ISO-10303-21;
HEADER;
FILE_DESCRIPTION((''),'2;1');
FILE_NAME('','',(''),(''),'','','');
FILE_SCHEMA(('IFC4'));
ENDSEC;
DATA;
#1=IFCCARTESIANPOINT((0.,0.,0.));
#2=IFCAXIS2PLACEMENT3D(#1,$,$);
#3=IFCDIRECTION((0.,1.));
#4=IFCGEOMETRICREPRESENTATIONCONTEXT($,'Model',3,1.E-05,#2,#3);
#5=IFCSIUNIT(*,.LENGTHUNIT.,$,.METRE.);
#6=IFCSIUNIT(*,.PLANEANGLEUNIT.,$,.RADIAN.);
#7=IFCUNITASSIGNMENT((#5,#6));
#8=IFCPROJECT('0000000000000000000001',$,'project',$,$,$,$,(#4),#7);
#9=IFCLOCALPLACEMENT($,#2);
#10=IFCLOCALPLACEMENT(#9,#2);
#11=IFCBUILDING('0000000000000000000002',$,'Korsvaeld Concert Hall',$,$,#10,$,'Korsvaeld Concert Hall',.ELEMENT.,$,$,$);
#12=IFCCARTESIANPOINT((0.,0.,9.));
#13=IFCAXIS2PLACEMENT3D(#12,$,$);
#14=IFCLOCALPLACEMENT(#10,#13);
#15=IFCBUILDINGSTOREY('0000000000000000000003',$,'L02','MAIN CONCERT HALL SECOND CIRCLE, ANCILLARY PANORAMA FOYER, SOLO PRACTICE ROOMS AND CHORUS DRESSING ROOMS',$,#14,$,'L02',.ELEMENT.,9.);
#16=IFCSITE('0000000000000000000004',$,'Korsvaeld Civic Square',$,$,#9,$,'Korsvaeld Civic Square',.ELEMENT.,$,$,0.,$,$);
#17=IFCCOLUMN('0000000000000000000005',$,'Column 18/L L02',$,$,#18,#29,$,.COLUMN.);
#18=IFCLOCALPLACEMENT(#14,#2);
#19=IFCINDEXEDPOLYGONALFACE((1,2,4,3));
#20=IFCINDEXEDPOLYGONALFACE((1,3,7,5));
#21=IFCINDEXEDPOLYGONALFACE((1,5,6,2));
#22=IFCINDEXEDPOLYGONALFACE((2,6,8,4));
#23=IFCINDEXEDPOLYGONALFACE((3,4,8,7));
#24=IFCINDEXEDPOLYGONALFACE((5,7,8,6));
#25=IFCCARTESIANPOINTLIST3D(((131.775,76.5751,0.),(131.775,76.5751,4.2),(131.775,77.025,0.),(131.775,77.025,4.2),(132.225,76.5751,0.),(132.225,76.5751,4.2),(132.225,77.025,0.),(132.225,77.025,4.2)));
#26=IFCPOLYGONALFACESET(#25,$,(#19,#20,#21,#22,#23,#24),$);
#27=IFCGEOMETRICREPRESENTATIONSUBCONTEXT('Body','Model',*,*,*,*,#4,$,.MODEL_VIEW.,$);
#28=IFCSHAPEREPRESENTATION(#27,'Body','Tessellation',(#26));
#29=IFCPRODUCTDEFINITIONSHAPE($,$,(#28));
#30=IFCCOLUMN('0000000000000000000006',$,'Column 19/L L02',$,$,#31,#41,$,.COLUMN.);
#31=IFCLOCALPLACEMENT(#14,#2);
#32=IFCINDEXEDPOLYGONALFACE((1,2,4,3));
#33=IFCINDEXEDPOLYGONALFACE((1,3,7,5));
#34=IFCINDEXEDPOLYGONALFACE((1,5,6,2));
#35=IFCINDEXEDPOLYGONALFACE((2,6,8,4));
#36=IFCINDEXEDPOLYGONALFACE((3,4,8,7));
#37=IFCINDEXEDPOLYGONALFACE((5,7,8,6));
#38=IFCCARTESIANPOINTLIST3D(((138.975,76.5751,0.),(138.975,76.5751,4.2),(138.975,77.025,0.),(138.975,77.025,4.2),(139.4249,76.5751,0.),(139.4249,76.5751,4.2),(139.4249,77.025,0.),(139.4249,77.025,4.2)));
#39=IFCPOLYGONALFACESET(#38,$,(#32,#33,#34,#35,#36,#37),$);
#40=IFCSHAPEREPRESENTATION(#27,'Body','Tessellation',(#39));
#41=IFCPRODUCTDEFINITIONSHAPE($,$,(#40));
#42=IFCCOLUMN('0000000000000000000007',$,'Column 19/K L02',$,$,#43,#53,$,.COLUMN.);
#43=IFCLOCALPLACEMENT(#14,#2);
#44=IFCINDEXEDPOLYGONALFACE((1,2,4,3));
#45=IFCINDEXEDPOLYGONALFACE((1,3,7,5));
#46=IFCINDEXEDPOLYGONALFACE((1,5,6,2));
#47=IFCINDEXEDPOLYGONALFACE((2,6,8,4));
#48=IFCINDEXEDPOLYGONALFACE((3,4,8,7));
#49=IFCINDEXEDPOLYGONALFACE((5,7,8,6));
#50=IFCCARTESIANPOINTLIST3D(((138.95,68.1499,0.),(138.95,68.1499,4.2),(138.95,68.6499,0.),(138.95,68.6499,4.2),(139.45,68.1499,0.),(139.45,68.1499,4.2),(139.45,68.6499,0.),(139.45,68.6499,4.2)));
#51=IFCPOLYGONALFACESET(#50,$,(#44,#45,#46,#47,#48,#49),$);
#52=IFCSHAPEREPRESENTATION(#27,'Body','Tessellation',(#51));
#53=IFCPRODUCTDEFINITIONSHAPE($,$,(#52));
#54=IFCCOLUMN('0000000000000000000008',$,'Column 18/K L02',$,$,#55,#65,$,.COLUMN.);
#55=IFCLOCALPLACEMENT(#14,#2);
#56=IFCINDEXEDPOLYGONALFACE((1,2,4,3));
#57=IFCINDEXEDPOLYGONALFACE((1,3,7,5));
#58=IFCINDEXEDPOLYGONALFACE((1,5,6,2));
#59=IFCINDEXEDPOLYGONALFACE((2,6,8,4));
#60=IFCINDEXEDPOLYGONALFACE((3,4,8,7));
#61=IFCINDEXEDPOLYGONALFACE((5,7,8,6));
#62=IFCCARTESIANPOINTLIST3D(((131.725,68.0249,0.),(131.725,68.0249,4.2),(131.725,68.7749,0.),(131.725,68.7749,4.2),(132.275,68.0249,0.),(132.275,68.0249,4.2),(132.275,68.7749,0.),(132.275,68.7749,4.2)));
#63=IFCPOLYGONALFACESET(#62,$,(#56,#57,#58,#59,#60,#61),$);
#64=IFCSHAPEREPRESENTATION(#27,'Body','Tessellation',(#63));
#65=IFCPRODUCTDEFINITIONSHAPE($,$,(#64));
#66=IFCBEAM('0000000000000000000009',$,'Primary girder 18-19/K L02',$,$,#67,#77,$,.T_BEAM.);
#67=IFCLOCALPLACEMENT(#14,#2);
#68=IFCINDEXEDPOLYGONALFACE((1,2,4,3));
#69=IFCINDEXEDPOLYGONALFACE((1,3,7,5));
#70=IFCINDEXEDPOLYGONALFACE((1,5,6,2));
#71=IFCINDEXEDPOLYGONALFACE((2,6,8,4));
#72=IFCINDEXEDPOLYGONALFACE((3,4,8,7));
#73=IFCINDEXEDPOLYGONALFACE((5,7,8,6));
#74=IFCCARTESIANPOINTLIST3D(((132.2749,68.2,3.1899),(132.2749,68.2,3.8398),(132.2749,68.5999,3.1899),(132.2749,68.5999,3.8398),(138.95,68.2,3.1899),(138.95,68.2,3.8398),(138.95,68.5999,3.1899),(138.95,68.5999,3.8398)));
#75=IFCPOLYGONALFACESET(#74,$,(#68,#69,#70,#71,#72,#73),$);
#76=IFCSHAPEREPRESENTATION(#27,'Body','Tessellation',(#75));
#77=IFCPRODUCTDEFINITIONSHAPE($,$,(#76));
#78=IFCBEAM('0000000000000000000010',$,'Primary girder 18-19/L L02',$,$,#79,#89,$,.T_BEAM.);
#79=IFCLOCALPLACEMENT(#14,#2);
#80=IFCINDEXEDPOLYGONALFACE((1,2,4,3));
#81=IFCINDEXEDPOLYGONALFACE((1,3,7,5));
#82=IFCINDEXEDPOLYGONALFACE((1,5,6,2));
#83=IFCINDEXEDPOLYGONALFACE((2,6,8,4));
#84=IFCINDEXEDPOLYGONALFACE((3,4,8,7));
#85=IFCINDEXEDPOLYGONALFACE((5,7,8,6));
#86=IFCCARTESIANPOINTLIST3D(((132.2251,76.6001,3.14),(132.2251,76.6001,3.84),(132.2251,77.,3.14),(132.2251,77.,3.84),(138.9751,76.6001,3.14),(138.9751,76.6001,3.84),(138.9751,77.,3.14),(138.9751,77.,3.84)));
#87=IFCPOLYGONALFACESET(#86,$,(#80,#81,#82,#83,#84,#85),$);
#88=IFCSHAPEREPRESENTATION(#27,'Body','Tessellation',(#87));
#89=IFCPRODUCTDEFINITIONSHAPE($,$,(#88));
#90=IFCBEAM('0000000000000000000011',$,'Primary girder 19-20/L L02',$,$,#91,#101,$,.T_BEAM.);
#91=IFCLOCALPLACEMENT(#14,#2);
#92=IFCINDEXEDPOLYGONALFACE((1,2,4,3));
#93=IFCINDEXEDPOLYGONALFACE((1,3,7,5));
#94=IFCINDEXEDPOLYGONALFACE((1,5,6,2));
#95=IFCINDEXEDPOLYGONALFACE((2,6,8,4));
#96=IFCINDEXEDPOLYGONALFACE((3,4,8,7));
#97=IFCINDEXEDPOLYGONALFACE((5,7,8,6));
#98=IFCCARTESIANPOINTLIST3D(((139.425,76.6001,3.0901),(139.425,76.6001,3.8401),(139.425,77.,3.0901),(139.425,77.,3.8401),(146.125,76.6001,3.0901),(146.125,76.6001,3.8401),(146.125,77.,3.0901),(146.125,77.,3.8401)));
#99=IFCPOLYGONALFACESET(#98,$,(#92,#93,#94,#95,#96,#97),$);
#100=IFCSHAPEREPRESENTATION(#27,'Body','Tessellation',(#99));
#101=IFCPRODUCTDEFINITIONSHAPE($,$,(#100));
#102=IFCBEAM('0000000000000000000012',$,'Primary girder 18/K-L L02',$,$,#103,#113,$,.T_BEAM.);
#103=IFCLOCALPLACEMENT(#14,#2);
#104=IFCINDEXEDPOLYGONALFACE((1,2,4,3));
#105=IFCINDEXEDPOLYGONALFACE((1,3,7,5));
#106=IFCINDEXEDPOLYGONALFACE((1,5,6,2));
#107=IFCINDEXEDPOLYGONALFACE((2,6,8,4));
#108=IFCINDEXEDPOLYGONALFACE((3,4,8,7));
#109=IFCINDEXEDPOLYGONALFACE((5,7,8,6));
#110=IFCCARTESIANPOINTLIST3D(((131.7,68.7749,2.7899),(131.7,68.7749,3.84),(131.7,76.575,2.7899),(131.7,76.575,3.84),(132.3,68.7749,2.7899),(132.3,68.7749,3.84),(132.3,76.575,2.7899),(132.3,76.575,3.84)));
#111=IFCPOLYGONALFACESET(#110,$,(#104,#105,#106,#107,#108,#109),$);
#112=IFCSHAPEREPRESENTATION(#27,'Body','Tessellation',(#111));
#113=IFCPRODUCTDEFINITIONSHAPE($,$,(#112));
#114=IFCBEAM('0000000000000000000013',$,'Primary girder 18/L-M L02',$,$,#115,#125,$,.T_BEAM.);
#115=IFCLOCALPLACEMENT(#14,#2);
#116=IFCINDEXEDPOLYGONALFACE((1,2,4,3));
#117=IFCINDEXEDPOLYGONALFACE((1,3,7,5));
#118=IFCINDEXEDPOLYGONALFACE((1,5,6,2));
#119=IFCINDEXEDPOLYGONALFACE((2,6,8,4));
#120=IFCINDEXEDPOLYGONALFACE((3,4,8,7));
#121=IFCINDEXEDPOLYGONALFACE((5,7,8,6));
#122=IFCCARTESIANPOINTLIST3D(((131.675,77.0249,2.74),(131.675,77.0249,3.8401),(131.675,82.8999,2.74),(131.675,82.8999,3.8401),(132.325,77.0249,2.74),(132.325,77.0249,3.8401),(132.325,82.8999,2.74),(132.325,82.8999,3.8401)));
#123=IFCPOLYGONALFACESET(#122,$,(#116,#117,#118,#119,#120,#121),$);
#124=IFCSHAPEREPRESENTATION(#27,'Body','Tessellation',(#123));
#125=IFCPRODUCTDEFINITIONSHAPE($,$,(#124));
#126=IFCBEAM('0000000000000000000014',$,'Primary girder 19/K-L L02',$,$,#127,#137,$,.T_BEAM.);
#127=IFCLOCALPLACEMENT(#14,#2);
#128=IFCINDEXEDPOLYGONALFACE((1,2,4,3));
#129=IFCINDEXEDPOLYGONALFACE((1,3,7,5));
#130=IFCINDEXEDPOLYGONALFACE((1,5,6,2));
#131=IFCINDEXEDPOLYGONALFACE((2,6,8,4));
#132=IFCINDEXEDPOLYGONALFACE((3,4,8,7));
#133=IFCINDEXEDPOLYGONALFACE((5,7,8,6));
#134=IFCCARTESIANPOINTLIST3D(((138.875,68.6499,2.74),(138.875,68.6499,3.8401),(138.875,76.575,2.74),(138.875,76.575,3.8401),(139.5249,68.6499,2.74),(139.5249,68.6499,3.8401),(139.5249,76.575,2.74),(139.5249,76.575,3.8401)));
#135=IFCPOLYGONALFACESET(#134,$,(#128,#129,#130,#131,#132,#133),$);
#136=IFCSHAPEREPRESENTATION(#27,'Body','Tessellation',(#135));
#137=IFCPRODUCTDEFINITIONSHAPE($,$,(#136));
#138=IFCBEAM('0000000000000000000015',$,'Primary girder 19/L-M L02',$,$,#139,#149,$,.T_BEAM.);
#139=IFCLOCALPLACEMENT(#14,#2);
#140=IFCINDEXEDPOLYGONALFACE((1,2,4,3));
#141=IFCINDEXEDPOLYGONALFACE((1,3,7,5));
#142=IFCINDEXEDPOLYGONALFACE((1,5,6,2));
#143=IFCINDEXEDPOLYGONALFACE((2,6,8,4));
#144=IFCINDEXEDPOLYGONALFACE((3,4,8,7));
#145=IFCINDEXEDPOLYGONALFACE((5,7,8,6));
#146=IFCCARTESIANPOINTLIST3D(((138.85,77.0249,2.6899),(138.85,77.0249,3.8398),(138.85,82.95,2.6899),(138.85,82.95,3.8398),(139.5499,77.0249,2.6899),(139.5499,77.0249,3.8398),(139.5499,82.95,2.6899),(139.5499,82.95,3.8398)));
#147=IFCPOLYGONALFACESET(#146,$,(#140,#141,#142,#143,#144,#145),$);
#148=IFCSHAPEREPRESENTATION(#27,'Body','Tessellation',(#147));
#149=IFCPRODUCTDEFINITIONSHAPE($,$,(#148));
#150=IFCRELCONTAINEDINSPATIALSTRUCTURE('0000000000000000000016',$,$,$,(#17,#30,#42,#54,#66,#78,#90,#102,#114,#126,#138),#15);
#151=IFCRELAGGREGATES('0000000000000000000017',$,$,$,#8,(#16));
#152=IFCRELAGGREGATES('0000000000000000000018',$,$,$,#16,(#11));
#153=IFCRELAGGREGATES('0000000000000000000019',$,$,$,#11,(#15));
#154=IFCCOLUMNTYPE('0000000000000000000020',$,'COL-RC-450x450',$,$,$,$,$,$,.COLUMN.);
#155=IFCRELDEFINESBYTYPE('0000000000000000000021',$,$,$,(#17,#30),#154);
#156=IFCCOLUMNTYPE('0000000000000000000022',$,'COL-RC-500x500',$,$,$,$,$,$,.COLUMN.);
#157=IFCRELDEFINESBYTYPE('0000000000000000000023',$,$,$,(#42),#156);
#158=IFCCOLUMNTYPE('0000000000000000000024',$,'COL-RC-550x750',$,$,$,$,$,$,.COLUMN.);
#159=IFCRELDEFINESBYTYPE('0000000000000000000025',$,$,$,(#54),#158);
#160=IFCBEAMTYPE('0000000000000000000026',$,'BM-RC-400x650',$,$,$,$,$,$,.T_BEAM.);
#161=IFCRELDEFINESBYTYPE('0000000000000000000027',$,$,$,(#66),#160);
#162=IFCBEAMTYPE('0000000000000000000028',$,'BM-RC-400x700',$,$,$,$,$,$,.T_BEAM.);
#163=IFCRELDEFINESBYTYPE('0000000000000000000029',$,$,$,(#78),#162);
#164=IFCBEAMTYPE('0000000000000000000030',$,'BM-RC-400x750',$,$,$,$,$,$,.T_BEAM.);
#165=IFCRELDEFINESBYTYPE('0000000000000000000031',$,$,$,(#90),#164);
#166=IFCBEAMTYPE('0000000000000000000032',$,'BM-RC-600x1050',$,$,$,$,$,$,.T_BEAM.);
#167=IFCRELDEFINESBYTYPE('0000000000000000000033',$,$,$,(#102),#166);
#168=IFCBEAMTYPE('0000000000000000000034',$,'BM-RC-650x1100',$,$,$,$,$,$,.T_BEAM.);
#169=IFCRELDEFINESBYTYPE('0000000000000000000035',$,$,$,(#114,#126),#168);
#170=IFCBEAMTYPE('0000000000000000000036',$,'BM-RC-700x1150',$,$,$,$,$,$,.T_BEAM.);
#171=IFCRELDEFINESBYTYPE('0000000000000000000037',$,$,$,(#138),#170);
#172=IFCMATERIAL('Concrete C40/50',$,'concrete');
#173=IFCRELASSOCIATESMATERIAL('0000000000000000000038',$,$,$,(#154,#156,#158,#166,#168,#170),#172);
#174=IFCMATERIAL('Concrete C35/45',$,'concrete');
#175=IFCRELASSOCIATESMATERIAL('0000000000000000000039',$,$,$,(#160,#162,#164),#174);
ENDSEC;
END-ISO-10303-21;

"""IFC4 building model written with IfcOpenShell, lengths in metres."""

from ifc_helpers import new_model, si_unit, direction, frame, origin, origin_2d, place, context, subcontext, project, spatial, rectangle, extrude, material, material_profile, profile_set, type_object, element, save


model = new_model("IFC4")

# Units and contexts
model_context = context("Model", 3, precision=1e-05, world=origin(), true_north=direction((0.0, 1.0)))
body_context = subcontext(model_context, "Body", "Model", "MODEL_VIEW")
ifc_project = project(units=[si_unit("LENGTHUNIT", "METRE"), si_unit("PLANEANGLEUNIT", "RADIAN")], contexts=[model_context])

# Site, building, storey
site_placement = place(None, origin())
site = spatial("IfcSite", under=ifc_project, at=site_placement, Name="Korsvaeld Civic Square", LongName="Korsvaeld Civic Square", CompositionType="ELEMENT", RefElevation=0.0)
building_placement = place(site_placement, origin())
building = spatial("IfcBuilding", under=site, at=building_placement, Name="Korsvaeld Concert Hall", LongName="Korsvaeld Concert Hall", CompositionType="ELEMENT")
storey_placement = place(building_placement, frame((0.0, 0.0, 9.0)))
storey = spatial("IfcBuildingStorey", under=building, at=storey_placement, Name="L02", Description="MAIN CONCERT HALL SECOND CIRCLE, ANCILLARY PANORAMA FOYER, SOLO PRACTICE ROOMS AND CHORUS DRESSING ROOMS", LongName="L02", CompositionType="ELEMENT", Elevation=9.0)

# Columns
ifc_material_1 = material(Name="Concrete C40/50", Category="concrete")
ifc_material_profile_1 = material_profile(ifc_material_1, rectangle(XDim=0.45, YDim=0.45, at=origin_2d()), Name="RC 450x450")
ifc_profile_set_1 = profile_set([ifc_material_profile_1], Name="Concrete C40/50")
column_type_1 = type_object("IfcColumnType", Name="COL-RC-450x450", PredefinedType="COLUMN", material=ifc_profile_set_1)
for number, where, z_axis, x_axis, name in (
    (1, (132.0, 76.8, 0.0), (0.0, 0.0, 1.0), (1.0, 0.0, 0.0), "Column 18/L L02"),
    (2, (139.2, 76.8, 0.0), (0.0, 0.0, 1.0), (1.0, 0.0, 0.0), "Column 19/L L02"),
):
    element("IfcColumn", number, at=place(storey_placement, frame(where, z_axis=z_axis, x_axis=x_axis)), inside=storey, type_object=column_type_1, Name=name, PredefinedType="COLUMN", context=body_context, shape_type="SweptSolid", body=[
        extrude(rectangle(XDim=0.45, YDim=0.45, at=origin_2d()), origin(), (0.0, 0.0, 1.0), 4.2),
    ])
ifc_material_profile_2 = material_profile(ifc_material_1, rectangle(XDim=0.5, YDim=0.5, at=origin_2d()), Name="RC 500x500")
ifc_profile_set_2 = profile_set([ifc_material_profile_2], Name="Concrete C40/50")
column_type_2 = type_object("IfcColumnType", Name="COL-RC-500x500", PredefinedType="COLUMN", material=ifc_profile_set_2)
column_1_placement = place(storey_placement, frame((139.2, 68.3999, 0.0), z_axis=(0.0, 0.0, 1.0), x_axis=(1.0, 0.0, 0.0)))
element("IfcColumn", 3, at=column_1_placement, inside=storey, type_object=column_type_2, Name="Column 19/K L02", PredefinedType="COLUMN", context=body_context, shape_type="SweptSolid", body=[
    extrude(rectangle(XDim=0.5, YDim=0.5, at=origin_2d()), origin(), (0.0, 0.0, 1.0), 4.2),
])
ifc_material_profile_3 = material_profile(ifc_material_1, rectangle(XDim=0.55, YDim=0.75, at=origin_2d()), Name="RC 550x750")
ifc_profile_set_3 = profile_set([ifc_material_profile_3], Name="Concrete C40/50")
column_type_3 = type_object("IfcColumnType", Name="COL-RC-550x750", PredefinedType="COLUMN", material=ifc_profile_set_3)
column_2_placement = place(storey_placement, frame((132.0, 68.3999, 0.0), z_axis=(0.0, 0.0, 1.0), x_axis=(1.0, 0.0, 0.0)))
element("IfcColumn", 4, at=column_2_placement, inside=storey, type_object=column_type_3, Name="Column 18/K L02", PredefinedType="COLUMN", context=body_context, shape_type="SweptSolid", body=[
    extrude(rectangle(XDim=0.55, YDim=0.75, at=origin_2d()), origin(), (0.0, 0.0, 1.0), 4.2),
])

# Beams
ifc_material_2 = material(Name="Concrete C35/45", Category="concrete")
ifc_material_profile_4 = material_profile(ifc_material_2, rectangle(XDim=0.3999, YDim=0.6499, at=origin_2d()), Name="RC 400x650")
ifc_profile_set_4 = profile_set([ifc_material_profile_4], Name="Concrete C35/45")
beam_type_1 = type_object("IfcBeamType", Name="BM-RC-400x650", PredefinedType="T_BEAM", material=ifc_profile_set_4)
beam_1_placement = place(storey_placement, frame((132.2749, 68.3999, 3.5149), z_axis=(1.0, 0.0, 0.0), x_axis=(0.0, 1.0, 0.0)))
element("IfcBeam", 5, at=beam_1_placement, inside=storey, type_object=beam_type_1, Name="Primary girder 18-19/K L02", PredefinedType="T_BEAM", context=body_context, shape_type="SweptSolid", body=[
    extrude(rectangle(XDim=0.3999, YDim=0.6499, at=origin_2d()), origin(), (0.0, 0.0, 1.0), 6.675),
])
ifc_material_profile_5 = material_profile(ifc_material_2, rectangle(XDim=0.3999, YDim=0.7, at=origin_2d()), Name="RC 400x700")
ifc_profile_set_5 = profile_set([ifc_material_profile_5], Name="Concrete C35/45")
beam_type_2 = type_object("IfcBeamType", Name="BM-RC-400x700", PredefinedType="T_BEAM", material=ifc_profile_set_5)
beam_2_placement = place(storey_placement, frame((132.2251, 76.8, 3.49), z_axis=(1.0, 0.0, 0.0), x_axis=(0.0, 1.0, 0.0)))
element("IfcBeam", 6, at=beam_2_placement, inside=storey, type_object=beam_type_2, Name="Primary girder 18-19/L L02", PredefinedType="T_BEAM", context=body_context, shape_type="SweptSolid", body=[
    extrude(rectangle(XDim=0.3999, YDim=0.7, at=origin_2d()), origin(), (0.0, 0.0, 1.0), 6.75),
])
ifc_material_profile_6 = material_profile(ifc_material_2, rectangle(XDim=0.3999, YDim=0.75, at=origin_2d()), Name="RC 400x750")
ifc_profile_set_6 = profile_set([ifc_material_profile_6], Name="Concrete C35/45")
beam_type_3 = type_object("IfcBeamType", Name="BM-RC-400x750", PredefinedType="T_BEAM", material=ifc_profile_set_6)
beam_3_placement = place(storey_placement, frame((139.425, 76.8, 3.4651), z_axis=(1.0, 0.0, 0.0), x_axis=(0.0, 1.0, 0.0)))
element("IfcBeam", 7, at=beam_3_placement, inside=storey, type_object=beam_type_3, Name="Primary girder 19-20/L L02", PredefinedType="T_BEAM", context=body_context, shape_type="SweptSolid", body=[
    extrude(rectangle(XDim=0.3999, YDim=0.75, at=origin_2d()), origin(), (0.0, 0.0, 1.0), 6.7),
])
ifc_material_profile_7 = material_profile(ifc_material_1, rectangle(XDim=0.6001, YDim=1.05, at=origin_2d()), Name="RC 600x1050")
ifc_profile_set_7 = profile_set([ifc_material_profile_7], Name="Concrete C40/50")
beam_type_4 = type_object("IfcBeamType", Name="BM-RC-600x1050", PredefinedType="T_BEAM", material=ifc_profile_set_7)
beam_4_placement = place(storey_placement, frame((132.0, 68.7749, 3.3149), z_axis=(0.0, 1.0, 0.0), x_axis=(-1.0, 0.0, 0.0)))
element("IfcBeam", 8, at=beam_4_placement, inside=storey, type_object=beam_type_4, Name="Primary girder 18/K-L L02", PredefinedType="T_BEAM", context=body_context, shape_type="SweptSolid", body=[
    extrude(rectangle(XDim=0.6001, YDim=1.05, at=origin_2d()), origin(), (0.0, 0.0, 1.0), 7.8),
])
ifc_material_profile_8 = material_profile(ifc_material_1, rectangle(XDim=0.6499, YDim=1.1001, at=origin_2d()), Name="RC 650x1100")
ifc_profile_set_8 = profile_set([ifc_material_profile_8], Name="Concrete C40/50")
beam_type_5 = type_object("IfcBeamType", Name="BM-RC-650x1100", PredefinedType="T_BEAM", material=ifc_profile_set_8)
beam_5_placement = place(storey_placement, frame((132.0, 77.0249, 3.29), z_axis=(0.0, 1.0, 0.0), x_axis=(-1.0, 0.0, 0.0)))
element("IfcBeam", 9, at=beam_5_placement, inside=storey, type_object=beam_type_5, Name="Primary girder 18/L-M L02", PredefinedType="T_BEAM", context=body_context, shape_type="SweptSolid", body=[
    extrude(rectangle(XDim=0.6499, YDim=1.1001, at=origin_2d()), origin(), (0.0, 0.0, 1.0), 5.875),
])
beam_6_placement = place(storey_placement, frame((139.2, 68.6499, 3.29), z_axis=(0.0, 1.0, 0.0), x_axis=(-1.0, 0.0, 0.0)))
element("IfcBeam", 10, at=beam_6_placement, inside=storey, type_object=beam_type_5, Name="Primary girder 19/K-L L02", PredefinedType="T_BEAM", context=body_context, shape_type="SweptSolid", body=[
    extrude(rectangle(XDim=0.6499, YDim=1.1001, at=origin_2d()), origin(), (0.0, 0.0, 1.0), 7.925),
])
ifc_material_profile_9 = material_profile(ifc_material_1, rectangle(XDim=0.7, YDim=1.1499, at=origin_2d()), Name="RC 700x1150")
ifc_profile_set_9 = profile_set([ifc_material_profile_9], Name="Concrete C40/50")
beam_type_6 = type_object("IfcBeamType", Name="BM-RC-700x1150", PredefinedType="T_BEAM", material=ifc_profile_set_9)
beam_7_placement = place(storey_placement, frame((139.2, 77.0249, 3.2649), z_axis=(0.0, 1.0, 0.0), x_axis=(-1.0, 0.0, 0.0)))
element("IfcBeam", 11, at=beam_7_placement, inside=storey, type_object=beam_type_6, Name="Primary girder 19/L-M L02", PredefinedType="T_BEAM", context=body_context, shape_type="SweptSolid", body=[
    extrude(rectangle(XDim=0.7, YDim=1.1499, at=origin_2d()), origin(), (0.0, 0.0, 1.0), 5.925),
])

save(model, "model.ifc")
